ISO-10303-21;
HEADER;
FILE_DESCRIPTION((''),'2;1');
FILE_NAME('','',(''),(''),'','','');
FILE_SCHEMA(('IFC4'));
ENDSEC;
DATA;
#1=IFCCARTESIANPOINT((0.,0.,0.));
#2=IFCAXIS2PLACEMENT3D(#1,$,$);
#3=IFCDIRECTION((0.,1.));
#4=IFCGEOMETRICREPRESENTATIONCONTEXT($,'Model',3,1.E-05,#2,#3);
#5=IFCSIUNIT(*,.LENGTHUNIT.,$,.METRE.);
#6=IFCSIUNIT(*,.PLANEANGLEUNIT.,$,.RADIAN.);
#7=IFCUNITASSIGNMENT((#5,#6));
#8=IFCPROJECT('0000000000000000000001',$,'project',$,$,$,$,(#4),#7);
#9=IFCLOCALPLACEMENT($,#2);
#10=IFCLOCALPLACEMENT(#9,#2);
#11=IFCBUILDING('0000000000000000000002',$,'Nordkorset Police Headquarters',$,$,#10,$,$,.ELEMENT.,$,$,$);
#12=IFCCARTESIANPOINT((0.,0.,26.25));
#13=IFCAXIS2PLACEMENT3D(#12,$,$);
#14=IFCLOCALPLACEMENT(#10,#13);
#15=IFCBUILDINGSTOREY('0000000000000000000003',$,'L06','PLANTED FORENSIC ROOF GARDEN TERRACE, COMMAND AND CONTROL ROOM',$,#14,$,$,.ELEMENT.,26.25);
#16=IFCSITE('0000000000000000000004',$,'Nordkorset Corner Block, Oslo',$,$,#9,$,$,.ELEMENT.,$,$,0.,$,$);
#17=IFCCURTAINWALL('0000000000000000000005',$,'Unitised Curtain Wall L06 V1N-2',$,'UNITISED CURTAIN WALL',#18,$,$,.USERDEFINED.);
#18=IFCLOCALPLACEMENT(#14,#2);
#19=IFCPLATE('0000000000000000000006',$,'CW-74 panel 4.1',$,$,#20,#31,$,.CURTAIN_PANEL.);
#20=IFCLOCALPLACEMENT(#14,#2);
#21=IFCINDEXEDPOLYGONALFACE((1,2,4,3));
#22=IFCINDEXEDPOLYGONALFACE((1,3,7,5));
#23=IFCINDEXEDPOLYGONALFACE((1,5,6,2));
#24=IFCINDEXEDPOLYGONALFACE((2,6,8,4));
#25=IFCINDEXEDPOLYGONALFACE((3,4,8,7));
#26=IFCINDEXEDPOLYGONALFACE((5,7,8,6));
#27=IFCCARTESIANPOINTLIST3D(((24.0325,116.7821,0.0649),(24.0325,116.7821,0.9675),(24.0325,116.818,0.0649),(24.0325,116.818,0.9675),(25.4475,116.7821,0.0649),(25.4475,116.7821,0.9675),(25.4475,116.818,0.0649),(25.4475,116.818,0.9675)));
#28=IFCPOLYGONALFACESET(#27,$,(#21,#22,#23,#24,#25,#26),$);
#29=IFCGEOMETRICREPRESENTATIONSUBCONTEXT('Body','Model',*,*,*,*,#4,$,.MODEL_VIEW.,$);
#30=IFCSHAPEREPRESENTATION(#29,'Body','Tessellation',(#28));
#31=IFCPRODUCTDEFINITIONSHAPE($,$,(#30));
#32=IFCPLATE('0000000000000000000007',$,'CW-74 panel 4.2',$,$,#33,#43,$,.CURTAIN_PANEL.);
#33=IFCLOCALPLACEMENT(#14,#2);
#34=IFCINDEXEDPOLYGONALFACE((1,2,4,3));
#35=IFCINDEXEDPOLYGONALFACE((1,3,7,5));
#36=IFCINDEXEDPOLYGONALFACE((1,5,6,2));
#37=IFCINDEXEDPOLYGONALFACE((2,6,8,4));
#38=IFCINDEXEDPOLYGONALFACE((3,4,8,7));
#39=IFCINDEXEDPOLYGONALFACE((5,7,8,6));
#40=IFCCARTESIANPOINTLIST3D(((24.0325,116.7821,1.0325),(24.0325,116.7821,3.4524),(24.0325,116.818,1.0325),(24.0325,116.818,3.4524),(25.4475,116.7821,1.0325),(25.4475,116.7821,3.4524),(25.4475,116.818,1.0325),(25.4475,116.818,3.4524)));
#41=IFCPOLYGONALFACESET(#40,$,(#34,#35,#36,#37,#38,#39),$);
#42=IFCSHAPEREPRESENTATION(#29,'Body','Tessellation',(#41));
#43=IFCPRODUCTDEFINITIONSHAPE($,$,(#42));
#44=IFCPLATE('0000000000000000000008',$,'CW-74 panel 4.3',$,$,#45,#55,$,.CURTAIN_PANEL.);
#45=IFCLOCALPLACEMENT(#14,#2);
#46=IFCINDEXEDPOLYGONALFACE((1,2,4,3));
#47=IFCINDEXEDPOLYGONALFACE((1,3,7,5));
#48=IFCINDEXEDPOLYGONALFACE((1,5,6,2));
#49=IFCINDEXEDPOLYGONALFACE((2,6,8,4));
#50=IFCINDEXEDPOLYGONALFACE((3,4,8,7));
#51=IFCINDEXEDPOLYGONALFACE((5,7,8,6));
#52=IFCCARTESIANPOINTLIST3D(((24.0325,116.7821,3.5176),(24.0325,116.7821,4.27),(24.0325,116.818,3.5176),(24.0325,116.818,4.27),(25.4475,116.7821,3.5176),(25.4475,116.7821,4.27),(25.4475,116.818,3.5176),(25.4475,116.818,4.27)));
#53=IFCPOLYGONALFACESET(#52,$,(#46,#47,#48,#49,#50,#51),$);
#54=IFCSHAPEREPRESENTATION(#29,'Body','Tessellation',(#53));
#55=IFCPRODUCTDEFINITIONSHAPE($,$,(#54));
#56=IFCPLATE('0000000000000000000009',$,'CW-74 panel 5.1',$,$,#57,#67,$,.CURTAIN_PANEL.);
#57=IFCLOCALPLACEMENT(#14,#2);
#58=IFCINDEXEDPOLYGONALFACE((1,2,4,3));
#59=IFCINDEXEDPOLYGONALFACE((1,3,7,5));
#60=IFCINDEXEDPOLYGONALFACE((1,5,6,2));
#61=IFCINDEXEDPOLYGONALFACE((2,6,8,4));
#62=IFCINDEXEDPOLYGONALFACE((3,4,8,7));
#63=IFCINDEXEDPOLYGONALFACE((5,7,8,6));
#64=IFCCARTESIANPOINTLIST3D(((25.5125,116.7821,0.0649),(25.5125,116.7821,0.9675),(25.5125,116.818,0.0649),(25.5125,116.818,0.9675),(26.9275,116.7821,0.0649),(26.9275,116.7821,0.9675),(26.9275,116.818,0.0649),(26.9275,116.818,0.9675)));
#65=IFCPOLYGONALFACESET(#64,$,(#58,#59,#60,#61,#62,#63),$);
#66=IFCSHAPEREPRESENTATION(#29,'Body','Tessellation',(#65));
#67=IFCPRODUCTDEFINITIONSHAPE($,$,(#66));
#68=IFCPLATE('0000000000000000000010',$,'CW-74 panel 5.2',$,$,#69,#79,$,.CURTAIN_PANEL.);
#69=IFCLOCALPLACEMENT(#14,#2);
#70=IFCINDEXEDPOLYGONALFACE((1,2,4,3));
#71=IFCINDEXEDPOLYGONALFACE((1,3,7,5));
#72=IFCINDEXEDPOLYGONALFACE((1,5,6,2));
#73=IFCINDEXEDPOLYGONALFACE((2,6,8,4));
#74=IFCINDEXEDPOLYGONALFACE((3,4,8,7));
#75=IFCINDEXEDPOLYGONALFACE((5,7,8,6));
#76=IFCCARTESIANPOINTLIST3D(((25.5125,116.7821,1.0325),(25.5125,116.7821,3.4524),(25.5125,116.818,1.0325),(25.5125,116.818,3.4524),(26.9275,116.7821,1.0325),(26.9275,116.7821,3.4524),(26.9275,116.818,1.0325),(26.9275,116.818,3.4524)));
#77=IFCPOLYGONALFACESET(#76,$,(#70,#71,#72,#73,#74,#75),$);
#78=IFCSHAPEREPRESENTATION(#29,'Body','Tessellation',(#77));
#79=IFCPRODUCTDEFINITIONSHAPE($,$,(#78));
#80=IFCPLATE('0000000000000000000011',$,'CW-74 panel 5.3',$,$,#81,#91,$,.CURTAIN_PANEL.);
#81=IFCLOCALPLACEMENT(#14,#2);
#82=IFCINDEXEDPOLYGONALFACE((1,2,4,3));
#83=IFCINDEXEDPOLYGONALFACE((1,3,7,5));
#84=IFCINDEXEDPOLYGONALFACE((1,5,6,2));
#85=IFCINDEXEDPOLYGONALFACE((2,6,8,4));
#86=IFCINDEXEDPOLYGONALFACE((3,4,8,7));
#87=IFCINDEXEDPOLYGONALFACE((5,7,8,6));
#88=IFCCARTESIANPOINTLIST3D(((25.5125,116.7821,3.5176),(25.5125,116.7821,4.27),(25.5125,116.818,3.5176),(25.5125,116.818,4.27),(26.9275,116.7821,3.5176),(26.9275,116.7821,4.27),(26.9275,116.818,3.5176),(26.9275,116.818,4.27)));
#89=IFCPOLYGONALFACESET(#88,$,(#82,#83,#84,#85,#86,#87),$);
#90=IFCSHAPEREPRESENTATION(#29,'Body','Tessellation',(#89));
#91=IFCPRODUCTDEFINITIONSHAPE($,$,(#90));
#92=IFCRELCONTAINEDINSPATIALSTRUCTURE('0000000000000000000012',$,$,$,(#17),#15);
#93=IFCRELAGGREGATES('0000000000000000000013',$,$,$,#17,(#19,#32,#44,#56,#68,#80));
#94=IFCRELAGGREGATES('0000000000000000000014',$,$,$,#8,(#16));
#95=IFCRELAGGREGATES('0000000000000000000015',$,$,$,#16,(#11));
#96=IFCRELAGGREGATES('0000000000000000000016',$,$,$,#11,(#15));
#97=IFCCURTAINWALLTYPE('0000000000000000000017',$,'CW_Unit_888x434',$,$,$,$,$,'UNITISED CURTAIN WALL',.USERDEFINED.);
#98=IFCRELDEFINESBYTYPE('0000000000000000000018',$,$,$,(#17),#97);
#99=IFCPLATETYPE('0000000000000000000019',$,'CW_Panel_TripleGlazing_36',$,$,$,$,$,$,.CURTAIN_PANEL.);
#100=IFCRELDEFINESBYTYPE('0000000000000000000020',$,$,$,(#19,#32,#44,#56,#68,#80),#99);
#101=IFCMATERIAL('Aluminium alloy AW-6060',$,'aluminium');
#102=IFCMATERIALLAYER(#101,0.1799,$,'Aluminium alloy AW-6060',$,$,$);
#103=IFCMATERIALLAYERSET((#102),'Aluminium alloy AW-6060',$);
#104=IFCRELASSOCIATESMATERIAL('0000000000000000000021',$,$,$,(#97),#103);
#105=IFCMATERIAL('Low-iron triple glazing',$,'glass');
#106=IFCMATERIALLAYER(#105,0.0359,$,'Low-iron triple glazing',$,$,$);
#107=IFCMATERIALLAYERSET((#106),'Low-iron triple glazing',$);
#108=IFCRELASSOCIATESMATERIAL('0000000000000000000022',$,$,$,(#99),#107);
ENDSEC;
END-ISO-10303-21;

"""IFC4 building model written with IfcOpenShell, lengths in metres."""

from ifc_helpers import new_model, si_unit, direction, frame, origin, origin_2d, place, context, subcontext, project, spatial, rectangle, extrude, material, layer, layer_set, type_object, element, aggregate, save


model = new_model("IFC4")

# Units and contexts
model_context = context("Model", 3, precision=1e-05, world=origin(), true_north=direction((0.0, 1.0)))
body_context = subcontext(model_context, "Body", "Model", "MODEL_VIEW")
ifc_project = project(units=[si_unit("LENGTHUNIT", "METRE"), si_unit("PLANEANGLEUNIT", "RADIAN")], contexts=[model_context])

# Site, building, storey
site_placement = place(None, origin())
site = spatial("IfcSite", under=ifc_project, at=site_placement, Name="Nordkorset Corner Block, Oslo", CompositionType="ELEMENT", RefElevation=0.0)
building_placement = place(site_placement, origin())
building = spatial("IfcBuilding", under=site, at=building_placement, Name="Nordkorset Police Headquarters", CompositionType="ELEMENT")
storey_placement = place(building_placement, frame((0.0, 0.0, 26.25)))
storey = spatial("IfcBuildingStorey", under=building, at=storey_placement, Name="L06", Description="PLANTED FORENSIC ROOF GARDEN TERRACE, COMMAND AND CONTROL ROOM", CompositionType="ELEMENT", Elevation=26.25)

# Curtain wall, plates
ifc_material_1 = material(Name="Aluminium alloy AW-6060", Category="aluminium")
ifc_layer_1 = layer(ifc_material_1, 0.1799, Name="Aluminium alloy AW-6060")
ifc_layer_set_1 = layer_set([ifc_layer_1], Name="Aluminium alloy AW-6060")
curtain_wall_type = type_object("IfcCurtainWallType", Name="CW_Unit_888x434", ElementType="UNITISED CURTAIN WALL", PredefinedType="USERDEFINED", material=ifc_layer_set_1)
curtain_wall_placement = place(storey_placement, origin())
curtain_wall = element("IfcCurtainWall", 1, at=curtain_wall_placement, inside=storey, type_object=curtain_wall_type, Name="Unitised Curtain Wall L06 V1N-2", ObjectType="UNITISED CURTAIN WALL", PredefinedType="USERDEFINED")
ifc_material_2 = material(Name="Low-iron triple glazing", Category="glass")
ifc_layer_2 = layer(ifc_material_2, 0.0359, Name="Low-iron triple glazing")
ifc_layer_set_2 = layer_set([ifc_layer_2], Name="Low-iron triple glazing")
plate_type = type_object("IfcPlateType", Name="CW_Panel_TripleGlazing_36", PredefinedType="CURTAIN_PANEL", material=ifc_layer_set_2)
plate_1_placement = place(storey_placement, frame((24.74, 116.8, 0.0649), z_axis=(0.0, 0.0, 1.0), x_axis=(1.0, 0.0, 0.0)))
plate_1 = element("IfcPlate", 2, at=plate_1_placement, type_object=plate_type, Name="CW-74 panel 4.1", PredefinedType="CURTAIN_PANEL", context=body_context, shape_type="SweptSolid", body=[
    extrude(rectangle(XDim=1.415, YDim=0.0359, at=origin_2d()), origin(), (0.0, 0.0, 1.0), 0.9026),
])
plate_2_placement = place(storey_placement, frame((24.74, 116.8, 1.0325), z_axis=(0.0, 0.0, 1.0), x_axis=(1.0, 0.0, 0.0)))
plate_2 = element("IfcPlate", 3, at=plate_2_placement, type_object=plate_type, Name="CW-74 panel 4.2", PredefinedType="CURTAIN_PANEL", context=body_context, shape_type="SweptSolid", body=[
    extrude(rectangle(XDim=1.415, YDim=0.0359, at=origin_2d()), origin(), (0.0, 0.0, 1.0), 2.4199),
])
plate_3_placement = place(storey_placement, frame((24.74, 116.8, 3.5176), z_axis=(0.0, 0.0, 1.0), x_axis=(1.0, 0.0, 0.0)))
plate_3 = element("IfcPlate", 4, at=plate_3_placement, type_object=plate_type, Name="CW-74 panel 4.3", PredefinedType="CURTAIN_PANEL", context=body_context, shape_type="SweptSolid", body=[
    extrude(rectangle(XDim=1.415, YDim=0.0359, at=origin_2d()), origin(), (0.0, 0.0, 1.0), 0.7524),
])
plate_4_placement = place(storey_placement, frame((26.22, 116.8, 0.0649), z_axis=(0.0, 0.0, 1.0), x_axis=(1.0, 0.0, 0.0)))
plate_4 = element("IfcPlate", 5, at=plate_4_placement, type_object=plate_type, Name="CW-74 panel 5.1", PredefinedType="CURTAIN_PANEL", context=body_context, shape_type="SweptSolid", body=[
    extrude(rectangle(XDim=1.415, YDim=0.0359, at=origin_2d()), origin(), (0.0, 0.0, 1.0), 0.9026),
])
plate_5_placement = place(storey_placement, frame((26.22, 116.8, 1.0325), z_axis=(0.0, 0.0, 1.0), x_axis=(1.0, 0.0, 0.0)))
plate_5 = element("IfcPlate", 6, at=plate_5_placement, type_object=plate_type, Name="CW-74 panel 5.2", PredefinedType="CURTAIN_PANEL", context=body_context, shape_type="SweptSolid", body=[
    extrude(rectangle(XDim=1.415, YDim=0.0359, at=origin_2d()), origin(), (0.0, 0.0, 1.0), 2.4199),
])
plate_6_placement = place(storey_placement, frame((26.22, 116.8, 3.5176), z_axis=(0.0, 0.0, 1.0), x_axis=(1.0, 0.0, 0.0)))
plate_6 = element("IfcPlate", 7, at=plate_6_placement, type_object=plate_type, Name="CW-74 panel 5.3", PredefinedType="CURTAIN_PANEL", context=body_context, shape_type="SweptSolid", body=[
    extrude(rectangle(XDim=1.415, YDim=0.0359, at=origin_2d()), origin(), (0.0, 0.0, 1.0), 0.7524),
])
aggregate(curtain_wall, [plate_1, plate_2, plate_3, plate_4, plate_5, plate_6])

save(model, "model.ifc")
